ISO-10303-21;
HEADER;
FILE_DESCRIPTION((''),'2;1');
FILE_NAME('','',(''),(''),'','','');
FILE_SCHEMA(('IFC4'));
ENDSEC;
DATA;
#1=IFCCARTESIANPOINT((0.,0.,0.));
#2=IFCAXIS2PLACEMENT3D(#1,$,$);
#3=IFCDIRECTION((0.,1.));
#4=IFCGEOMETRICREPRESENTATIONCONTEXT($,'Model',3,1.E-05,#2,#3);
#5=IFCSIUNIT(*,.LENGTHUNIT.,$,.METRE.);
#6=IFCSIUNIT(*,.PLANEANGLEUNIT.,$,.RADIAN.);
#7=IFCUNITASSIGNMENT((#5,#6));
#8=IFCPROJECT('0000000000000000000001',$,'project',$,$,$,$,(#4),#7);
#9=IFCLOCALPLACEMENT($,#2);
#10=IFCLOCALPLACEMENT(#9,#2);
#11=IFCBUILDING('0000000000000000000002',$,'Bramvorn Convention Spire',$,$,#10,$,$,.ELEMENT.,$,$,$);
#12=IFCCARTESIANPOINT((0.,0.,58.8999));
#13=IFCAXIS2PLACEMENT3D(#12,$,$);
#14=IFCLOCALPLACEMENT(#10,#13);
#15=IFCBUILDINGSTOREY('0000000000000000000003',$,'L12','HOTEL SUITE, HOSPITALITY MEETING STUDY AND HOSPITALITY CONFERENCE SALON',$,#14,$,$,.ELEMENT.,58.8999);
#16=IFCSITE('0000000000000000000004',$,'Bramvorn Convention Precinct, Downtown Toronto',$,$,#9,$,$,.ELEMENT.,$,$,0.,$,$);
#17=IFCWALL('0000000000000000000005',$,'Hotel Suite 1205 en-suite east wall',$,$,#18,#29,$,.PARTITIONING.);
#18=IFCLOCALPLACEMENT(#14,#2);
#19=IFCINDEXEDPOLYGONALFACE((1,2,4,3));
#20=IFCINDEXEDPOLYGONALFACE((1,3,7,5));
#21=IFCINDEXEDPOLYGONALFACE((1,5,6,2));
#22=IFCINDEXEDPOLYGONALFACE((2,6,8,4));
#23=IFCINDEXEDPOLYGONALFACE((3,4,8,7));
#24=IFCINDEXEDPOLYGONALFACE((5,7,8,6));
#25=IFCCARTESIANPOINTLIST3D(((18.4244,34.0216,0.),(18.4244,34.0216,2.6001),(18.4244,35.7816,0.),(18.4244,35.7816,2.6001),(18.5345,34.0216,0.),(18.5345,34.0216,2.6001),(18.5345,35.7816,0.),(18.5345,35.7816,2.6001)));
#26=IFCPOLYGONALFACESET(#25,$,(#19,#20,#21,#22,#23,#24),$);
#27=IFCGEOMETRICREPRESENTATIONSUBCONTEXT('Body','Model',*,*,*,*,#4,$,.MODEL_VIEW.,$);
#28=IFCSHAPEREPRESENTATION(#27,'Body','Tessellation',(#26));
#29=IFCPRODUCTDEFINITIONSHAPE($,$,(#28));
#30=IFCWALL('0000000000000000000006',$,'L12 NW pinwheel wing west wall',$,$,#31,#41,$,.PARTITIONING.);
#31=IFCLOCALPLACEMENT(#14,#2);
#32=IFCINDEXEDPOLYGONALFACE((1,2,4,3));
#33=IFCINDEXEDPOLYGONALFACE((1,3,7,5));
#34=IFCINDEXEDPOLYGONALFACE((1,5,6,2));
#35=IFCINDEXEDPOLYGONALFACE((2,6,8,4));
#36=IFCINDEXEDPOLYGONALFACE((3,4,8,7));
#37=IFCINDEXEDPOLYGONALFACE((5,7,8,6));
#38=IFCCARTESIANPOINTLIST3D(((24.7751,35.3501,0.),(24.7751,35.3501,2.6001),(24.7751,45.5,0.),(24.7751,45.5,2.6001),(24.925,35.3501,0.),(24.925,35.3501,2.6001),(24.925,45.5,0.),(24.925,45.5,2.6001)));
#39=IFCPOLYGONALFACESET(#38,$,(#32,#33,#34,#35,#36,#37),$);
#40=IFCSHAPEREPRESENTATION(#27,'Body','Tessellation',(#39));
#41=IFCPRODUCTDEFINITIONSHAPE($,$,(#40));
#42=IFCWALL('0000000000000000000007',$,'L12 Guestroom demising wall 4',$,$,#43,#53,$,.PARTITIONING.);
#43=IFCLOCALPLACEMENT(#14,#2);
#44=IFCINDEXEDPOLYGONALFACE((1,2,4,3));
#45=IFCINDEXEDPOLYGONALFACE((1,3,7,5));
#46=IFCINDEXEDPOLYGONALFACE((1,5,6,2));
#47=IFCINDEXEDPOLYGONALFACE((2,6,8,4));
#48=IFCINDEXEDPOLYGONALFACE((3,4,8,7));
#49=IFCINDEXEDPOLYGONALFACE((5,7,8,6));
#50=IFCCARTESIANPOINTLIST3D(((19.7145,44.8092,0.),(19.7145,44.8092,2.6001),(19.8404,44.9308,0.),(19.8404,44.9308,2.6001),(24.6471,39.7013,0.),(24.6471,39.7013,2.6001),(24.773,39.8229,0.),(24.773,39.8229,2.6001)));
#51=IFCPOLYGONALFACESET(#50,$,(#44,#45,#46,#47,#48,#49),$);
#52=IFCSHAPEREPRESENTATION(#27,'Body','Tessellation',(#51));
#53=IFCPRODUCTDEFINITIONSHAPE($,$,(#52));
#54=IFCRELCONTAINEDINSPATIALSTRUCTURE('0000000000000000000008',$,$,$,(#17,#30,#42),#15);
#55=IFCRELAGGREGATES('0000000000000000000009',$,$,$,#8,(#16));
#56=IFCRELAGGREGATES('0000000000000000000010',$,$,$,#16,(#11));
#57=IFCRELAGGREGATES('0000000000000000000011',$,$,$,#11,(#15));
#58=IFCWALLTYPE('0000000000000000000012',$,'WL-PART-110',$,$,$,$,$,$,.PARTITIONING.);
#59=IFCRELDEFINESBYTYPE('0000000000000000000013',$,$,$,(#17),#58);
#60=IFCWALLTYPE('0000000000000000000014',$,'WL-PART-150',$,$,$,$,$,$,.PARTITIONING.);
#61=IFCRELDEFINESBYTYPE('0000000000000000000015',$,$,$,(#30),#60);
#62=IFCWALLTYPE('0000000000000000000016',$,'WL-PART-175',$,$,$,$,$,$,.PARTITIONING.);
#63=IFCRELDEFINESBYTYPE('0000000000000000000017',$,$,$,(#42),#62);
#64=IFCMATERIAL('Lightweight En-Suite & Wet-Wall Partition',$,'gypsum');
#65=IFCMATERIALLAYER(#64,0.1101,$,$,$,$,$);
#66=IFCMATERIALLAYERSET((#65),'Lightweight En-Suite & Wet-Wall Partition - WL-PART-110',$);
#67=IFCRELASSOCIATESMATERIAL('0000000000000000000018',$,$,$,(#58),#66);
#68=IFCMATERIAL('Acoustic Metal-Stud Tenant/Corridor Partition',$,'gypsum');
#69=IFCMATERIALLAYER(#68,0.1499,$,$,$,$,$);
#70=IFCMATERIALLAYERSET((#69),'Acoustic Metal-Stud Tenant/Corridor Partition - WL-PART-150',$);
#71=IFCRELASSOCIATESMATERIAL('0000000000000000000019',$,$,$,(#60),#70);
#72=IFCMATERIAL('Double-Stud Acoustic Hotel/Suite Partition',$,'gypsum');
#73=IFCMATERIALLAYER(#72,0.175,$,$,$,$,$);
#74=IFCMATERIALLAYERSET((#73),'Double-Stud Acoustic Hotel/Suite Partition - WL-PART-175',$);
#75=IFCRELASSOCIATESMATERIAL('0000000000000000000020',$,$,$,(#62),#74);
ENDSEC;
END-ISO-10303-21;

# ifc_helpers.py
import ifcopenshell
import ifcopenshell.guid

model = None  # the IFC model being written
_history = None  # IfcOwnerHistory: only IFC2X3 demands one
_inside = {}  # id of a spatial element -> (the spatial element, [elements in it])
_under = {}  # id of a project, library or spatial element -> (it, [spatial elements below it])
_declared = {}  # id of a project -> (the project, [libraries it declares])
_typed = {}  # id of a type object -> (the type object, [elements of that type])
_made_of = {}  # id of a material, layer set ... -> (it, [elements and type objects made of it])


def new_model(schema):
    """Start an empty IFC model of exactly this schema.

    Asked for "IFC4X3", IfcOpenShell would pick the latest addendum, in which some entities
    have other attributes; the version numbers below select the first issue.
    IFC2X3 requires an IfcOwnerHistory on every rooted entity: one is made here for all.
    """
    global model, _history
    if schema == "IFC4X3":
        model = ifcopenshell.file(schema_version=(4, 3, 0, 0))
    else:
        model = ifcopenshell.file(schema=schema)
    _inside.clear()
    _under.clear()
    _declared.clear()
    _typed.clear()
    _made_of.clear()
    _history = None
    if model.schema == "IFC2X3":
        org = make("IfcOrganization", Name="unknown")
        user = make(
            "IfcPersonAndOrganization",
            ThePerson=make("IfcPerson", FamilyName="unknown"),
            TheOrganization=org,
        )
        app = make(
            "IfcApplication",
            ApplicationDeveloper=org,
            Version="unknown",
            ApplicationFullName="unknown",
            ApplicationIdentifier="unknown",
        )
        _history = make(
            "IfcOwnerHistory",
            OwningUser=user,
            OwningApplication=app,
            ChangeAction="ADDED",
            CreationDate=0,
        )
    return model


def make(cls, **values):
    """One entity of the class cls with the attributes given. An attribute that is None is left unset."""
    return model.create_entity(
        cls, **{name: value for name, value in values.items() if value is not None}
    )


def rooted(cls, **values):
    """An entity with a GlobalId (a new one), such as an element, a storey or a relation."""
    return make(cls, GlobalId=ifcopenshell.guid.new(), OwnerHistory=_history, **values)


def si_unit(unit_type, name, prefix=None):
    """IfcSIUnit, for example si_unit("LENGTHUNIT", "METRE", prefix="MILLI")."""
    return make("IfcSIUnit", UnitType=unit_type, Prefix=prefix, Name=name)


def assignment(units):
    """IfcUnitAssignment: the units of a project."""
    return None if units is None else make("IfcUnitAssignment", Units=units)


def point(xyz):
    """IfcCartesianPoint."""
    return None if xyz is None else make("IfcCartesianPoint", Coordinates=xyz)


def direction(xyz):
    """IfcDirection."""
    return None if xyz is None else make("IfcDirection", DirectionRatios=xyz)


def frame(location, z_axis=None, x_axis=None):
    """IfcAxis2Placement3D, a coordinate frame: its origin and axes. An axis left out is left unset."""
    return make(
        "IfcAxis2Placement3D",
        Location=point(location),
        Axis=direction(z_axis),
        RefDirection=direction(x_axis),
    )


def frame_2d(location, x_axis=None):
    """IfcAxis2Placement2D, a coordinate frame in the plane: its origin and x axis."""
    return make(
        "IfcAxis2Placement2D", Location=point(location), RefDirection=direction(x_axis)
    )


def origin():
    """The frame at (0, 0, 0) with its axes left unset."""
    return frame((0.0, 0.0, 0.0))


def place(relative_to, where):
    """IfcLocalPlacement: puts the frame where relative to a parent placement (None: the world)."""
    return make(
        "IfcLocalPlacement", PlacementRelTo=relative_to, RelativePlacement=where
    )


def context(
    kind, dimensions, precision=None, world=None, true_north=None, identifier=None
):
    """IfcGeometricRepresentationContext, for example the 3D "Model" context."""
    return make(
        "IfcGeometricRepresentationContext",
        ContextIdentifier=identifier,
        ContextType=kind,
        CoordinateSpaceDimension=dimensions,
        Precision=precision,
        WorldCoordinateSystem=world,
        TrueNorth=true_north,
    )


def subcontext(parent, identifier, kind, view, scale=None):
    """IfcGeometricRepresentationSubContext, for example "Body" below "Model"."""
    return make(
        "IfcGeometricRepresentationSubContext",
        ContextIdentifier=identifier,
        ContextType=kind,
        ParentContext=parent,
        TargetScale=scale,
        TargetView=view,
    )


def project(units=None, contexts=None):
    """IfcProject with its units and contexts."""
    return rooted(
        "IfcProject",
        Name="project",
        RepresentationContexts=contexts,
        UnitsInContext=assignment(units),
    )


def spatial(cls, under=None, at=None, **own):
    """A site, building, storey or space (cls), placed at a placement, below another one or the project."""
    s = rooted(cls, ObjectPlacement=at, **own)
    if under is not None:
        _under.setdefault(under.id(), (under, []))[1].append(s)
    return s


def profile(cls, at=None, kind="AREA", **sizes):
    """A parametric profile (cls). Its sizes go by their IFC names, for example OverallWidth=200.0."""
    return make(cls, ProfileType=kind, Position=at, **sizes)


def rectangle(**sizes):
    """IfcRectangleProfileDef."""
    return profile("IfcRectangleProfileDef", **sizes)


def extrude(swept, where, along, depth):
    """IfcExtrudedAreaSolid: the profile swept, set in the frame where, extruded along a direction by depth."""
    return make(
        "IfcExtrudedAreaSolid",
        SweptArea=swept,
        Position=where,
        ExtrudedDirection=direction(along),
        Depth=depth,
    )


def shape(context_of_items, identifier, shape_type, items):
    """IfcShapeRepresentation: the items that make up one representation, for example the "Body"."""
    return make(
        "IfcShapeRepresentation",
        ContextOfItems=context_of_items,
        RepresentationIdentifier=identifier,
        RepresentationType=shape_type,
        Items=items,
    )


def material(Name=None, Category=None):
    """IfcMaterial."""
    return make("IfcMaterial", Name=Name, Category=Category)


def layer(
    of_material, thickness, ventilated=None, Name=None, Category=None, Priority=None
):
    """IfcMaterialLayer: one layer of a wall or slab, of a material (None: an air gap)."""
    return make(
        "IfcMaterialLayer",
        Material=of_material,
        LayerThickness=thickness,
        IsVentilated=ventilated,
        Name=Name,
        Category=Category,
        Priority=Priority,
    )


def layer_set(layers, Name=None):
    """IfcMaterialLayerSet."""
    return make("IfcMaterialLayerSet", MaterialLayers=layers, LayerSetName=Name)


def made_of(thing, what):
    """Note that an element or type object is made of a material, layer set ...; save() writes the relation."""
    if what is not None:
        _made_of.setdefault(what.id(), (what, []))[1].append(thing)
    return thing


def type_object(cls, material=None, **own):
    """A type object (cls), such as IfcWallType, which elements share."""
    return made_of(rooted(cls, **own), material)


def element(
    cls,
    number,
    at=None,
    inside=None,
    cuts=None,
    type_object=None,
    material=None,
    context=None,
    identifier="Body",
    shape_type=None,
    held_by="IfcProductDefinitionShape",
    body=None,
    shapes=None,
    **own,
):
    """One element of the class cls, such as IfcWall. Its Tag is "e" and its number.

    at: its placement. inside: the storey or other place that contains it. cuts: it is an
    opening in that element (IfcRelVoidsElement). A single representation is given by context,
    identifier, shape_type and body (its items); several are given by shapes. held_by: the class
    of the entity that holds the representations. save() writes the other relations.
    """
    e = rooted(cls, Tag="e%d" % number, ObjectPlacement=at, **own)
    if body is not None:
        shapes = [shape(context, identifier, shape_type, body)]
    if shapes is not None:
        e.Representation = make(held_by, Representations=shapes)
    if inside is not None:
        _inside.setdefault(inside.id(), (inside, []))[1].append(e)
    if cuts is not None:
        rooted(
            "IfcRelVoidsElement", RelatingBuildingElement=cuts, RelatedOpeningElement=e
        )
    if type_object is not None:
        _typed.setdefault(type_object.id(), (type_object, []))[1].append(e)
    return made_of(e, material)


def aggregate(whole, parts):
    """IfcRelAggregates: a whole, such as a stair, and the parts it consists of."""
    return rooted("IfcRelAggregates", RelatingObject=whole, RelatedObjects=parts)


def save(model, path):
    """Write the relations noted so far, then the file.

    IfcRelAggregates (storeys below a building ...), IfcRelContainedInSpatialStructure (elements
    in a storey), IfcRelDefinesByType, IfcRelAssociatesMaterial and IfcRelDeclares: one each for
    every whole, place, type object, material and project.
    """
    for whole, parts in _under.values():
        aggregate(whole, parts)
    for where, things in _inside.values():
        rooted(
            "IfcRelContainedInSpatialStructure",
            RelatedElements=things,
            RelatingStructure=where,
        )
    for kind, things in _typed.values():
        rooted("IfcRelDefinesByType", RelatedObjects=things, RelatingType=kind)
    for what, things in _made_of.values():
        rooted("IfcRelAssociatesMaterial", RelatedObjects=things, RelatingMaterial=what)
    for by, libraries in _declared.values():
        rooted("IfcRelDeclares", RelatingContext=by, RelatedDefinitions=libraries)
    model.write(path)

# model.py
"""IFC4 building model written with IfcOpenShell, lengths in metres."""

from ifc_helpers import new_model, si_unit, direction, frame, frame_2d, origin, place, context, subcontext, project, spatial, rectangle, extrude, material, layer, layer_set, type_object, element, save


model = new_model("IFC4")

# Units and contexts
model_context = context("Model", 3, precision=1e-05, world=origin(), true_north=direction((0.0, 1.0)))
body_context = subcontext(model_context, "Body", "Model", "MODEL_VIEW")
ifc_project = project(units=[si_unit("LENGTHUNIT", "METRE"), si_unit("PLANEANGLEUNIT", "RADIAN")], contexts=[model_context])

# Site, building, storey
site_placement = place(None, origin())
site = spatial("IfcSite", under=ifc_project, at=site_placement, Name="Bramvorn Convention Precinct, Downtown Toronto", CompositionType="ELEMENT", RefElevation=0.0)
building_placement = place(site_placement, origin())
building = spatial("IfcBuilding", under=site, at=building_placement, Name="Bramvorn Convention Spire", CompositionType="ELEMENT")
storey_placement = place(building_placement, frame((0.0, 0.0, 58.8999)))
storey = spatial("IfcBuildingStorey", under=building, at=storey_placement, Name="L12", Description="HOTEL SUITE, HOSPITALITY MEETING STUDY AND HOSPITALITY CONFERENCE SALON", CompositionType="ELEMENT", Elevation=58.8999)

# Shared definitions
ifc_material_1 = material(Name="Lightweight En-Suite & Wet-Wall Partition", Category="gypsum")
ifc_layer_1 = layer(ifc_material_1, 0.1101)
ifc_layer_set_1 = layer_set([ifc_layer_1], Name="Lightweight En-Suite & Wet-Wall Partition - WL-PART-110")
wall_type_1 = type_object("IfcWallType", Name="WL-PART-110", PredefinedType="PARTITIONING", material=ifc_layer_set_1)

# Walls
for number, where, z_axis, x_axis, name in (
    (1, (18.4795, 34.0217, 0.0), (0.0, 0.0, 1.0), (0.0, 1.0, 0.0), "Hotel Suite 1205 en-suite east wall"),
):
    element("IfcWall", number, at=place(storey_placement, frame(where, z_axis=z_axis, x_axis=x_axis)), inside=storey, type_object=wall_type_1, Name=name, PredefinedType="PARTITIONING", context=body_context, shape_type="SweptSolid", body=[
        extrude(rectangle(XDim=1.76, YDim=0.1101, at=frame_2d((0.8799, 0.0))), origin(), (0.0, 0.0, 1.0), 2.6001),
    ])
ifc_material_2 = material(Name="Acoustic Metal-Stud Tenant/Corridor Partition", Category="gypsum")
ifc_layer_2 = layer(ifc_material_2, 0.1499)
ifc_layer_set_2 = layer_set([ifc_layer_2], Name="Acoustic Metal-Stud Tenant/Corridor Partition - WL-PART-150")
wall_type_2 = type_object("IfcWallType", Name="WL-PART-150", PredefinedType="PARTITIONING", material=ifc_layer_set_2)
wall_1_placement = place(storey_placement, frame((24.8501, 35.3501, 0.0), z_axis=(0.0, 0.0, 1.0), x_axis=(0.0, 1.0, 0.0)))
element("IfcWall", 2, at=wall_1_placement, inside=storey, type_object=wall_type_2, Name="L12 NW pinwheel wing west wall", PredefinedType="PARTITIONING", context=body_context, shape_type="SweptSolid", body=[
    extrude(rectangle(XDim=10.1499, YDim=0.1499, at=frame_2d((5.075, 0.0))), origin(), (0.0, 0.0, 1.0), 2.6001),
])
ifc_material_3 = material(Name="Double-Stud Acoustic Hotel/Suite Partition", Category="gypsum")
ifc_layer_3 = layer(ifc_material_3, 0.175)
ifc_layer_set_3 = layer_set([ifc_layer_3], Name="Double-Stud Acoustic Hotel/Suite Partition - WL-PART-175")
wall_type_3 = type_object("IfcWallType", Name="WL-PART-175", PredefinedType="PARTITIONING", material=ifc_layer_set_3)
wall_2_placement = place(storey_placement, frame((24.71, 39.7622, 0.0), z_axis=(0.0, 0.0, 1.0), x_axis=(-0.694656, 0.719342, 0.0)))
element("IfcWall", 3, at=wall_2_placement, inside=storey, type_object=wall_type_3, Name="L12 Guestroom demising wall 4", PredefinedType="PARTITIONING", context=body_context, shape_type="SweptSolid", body=[
    extrude(rectangle(XDim=7.1008, YDim=0.175, at=frame_2d((3.5503, 0.0))), origin(), (0.0, 0.0, 1.0), 2.6001),
])

save(model, "model.ifc")
